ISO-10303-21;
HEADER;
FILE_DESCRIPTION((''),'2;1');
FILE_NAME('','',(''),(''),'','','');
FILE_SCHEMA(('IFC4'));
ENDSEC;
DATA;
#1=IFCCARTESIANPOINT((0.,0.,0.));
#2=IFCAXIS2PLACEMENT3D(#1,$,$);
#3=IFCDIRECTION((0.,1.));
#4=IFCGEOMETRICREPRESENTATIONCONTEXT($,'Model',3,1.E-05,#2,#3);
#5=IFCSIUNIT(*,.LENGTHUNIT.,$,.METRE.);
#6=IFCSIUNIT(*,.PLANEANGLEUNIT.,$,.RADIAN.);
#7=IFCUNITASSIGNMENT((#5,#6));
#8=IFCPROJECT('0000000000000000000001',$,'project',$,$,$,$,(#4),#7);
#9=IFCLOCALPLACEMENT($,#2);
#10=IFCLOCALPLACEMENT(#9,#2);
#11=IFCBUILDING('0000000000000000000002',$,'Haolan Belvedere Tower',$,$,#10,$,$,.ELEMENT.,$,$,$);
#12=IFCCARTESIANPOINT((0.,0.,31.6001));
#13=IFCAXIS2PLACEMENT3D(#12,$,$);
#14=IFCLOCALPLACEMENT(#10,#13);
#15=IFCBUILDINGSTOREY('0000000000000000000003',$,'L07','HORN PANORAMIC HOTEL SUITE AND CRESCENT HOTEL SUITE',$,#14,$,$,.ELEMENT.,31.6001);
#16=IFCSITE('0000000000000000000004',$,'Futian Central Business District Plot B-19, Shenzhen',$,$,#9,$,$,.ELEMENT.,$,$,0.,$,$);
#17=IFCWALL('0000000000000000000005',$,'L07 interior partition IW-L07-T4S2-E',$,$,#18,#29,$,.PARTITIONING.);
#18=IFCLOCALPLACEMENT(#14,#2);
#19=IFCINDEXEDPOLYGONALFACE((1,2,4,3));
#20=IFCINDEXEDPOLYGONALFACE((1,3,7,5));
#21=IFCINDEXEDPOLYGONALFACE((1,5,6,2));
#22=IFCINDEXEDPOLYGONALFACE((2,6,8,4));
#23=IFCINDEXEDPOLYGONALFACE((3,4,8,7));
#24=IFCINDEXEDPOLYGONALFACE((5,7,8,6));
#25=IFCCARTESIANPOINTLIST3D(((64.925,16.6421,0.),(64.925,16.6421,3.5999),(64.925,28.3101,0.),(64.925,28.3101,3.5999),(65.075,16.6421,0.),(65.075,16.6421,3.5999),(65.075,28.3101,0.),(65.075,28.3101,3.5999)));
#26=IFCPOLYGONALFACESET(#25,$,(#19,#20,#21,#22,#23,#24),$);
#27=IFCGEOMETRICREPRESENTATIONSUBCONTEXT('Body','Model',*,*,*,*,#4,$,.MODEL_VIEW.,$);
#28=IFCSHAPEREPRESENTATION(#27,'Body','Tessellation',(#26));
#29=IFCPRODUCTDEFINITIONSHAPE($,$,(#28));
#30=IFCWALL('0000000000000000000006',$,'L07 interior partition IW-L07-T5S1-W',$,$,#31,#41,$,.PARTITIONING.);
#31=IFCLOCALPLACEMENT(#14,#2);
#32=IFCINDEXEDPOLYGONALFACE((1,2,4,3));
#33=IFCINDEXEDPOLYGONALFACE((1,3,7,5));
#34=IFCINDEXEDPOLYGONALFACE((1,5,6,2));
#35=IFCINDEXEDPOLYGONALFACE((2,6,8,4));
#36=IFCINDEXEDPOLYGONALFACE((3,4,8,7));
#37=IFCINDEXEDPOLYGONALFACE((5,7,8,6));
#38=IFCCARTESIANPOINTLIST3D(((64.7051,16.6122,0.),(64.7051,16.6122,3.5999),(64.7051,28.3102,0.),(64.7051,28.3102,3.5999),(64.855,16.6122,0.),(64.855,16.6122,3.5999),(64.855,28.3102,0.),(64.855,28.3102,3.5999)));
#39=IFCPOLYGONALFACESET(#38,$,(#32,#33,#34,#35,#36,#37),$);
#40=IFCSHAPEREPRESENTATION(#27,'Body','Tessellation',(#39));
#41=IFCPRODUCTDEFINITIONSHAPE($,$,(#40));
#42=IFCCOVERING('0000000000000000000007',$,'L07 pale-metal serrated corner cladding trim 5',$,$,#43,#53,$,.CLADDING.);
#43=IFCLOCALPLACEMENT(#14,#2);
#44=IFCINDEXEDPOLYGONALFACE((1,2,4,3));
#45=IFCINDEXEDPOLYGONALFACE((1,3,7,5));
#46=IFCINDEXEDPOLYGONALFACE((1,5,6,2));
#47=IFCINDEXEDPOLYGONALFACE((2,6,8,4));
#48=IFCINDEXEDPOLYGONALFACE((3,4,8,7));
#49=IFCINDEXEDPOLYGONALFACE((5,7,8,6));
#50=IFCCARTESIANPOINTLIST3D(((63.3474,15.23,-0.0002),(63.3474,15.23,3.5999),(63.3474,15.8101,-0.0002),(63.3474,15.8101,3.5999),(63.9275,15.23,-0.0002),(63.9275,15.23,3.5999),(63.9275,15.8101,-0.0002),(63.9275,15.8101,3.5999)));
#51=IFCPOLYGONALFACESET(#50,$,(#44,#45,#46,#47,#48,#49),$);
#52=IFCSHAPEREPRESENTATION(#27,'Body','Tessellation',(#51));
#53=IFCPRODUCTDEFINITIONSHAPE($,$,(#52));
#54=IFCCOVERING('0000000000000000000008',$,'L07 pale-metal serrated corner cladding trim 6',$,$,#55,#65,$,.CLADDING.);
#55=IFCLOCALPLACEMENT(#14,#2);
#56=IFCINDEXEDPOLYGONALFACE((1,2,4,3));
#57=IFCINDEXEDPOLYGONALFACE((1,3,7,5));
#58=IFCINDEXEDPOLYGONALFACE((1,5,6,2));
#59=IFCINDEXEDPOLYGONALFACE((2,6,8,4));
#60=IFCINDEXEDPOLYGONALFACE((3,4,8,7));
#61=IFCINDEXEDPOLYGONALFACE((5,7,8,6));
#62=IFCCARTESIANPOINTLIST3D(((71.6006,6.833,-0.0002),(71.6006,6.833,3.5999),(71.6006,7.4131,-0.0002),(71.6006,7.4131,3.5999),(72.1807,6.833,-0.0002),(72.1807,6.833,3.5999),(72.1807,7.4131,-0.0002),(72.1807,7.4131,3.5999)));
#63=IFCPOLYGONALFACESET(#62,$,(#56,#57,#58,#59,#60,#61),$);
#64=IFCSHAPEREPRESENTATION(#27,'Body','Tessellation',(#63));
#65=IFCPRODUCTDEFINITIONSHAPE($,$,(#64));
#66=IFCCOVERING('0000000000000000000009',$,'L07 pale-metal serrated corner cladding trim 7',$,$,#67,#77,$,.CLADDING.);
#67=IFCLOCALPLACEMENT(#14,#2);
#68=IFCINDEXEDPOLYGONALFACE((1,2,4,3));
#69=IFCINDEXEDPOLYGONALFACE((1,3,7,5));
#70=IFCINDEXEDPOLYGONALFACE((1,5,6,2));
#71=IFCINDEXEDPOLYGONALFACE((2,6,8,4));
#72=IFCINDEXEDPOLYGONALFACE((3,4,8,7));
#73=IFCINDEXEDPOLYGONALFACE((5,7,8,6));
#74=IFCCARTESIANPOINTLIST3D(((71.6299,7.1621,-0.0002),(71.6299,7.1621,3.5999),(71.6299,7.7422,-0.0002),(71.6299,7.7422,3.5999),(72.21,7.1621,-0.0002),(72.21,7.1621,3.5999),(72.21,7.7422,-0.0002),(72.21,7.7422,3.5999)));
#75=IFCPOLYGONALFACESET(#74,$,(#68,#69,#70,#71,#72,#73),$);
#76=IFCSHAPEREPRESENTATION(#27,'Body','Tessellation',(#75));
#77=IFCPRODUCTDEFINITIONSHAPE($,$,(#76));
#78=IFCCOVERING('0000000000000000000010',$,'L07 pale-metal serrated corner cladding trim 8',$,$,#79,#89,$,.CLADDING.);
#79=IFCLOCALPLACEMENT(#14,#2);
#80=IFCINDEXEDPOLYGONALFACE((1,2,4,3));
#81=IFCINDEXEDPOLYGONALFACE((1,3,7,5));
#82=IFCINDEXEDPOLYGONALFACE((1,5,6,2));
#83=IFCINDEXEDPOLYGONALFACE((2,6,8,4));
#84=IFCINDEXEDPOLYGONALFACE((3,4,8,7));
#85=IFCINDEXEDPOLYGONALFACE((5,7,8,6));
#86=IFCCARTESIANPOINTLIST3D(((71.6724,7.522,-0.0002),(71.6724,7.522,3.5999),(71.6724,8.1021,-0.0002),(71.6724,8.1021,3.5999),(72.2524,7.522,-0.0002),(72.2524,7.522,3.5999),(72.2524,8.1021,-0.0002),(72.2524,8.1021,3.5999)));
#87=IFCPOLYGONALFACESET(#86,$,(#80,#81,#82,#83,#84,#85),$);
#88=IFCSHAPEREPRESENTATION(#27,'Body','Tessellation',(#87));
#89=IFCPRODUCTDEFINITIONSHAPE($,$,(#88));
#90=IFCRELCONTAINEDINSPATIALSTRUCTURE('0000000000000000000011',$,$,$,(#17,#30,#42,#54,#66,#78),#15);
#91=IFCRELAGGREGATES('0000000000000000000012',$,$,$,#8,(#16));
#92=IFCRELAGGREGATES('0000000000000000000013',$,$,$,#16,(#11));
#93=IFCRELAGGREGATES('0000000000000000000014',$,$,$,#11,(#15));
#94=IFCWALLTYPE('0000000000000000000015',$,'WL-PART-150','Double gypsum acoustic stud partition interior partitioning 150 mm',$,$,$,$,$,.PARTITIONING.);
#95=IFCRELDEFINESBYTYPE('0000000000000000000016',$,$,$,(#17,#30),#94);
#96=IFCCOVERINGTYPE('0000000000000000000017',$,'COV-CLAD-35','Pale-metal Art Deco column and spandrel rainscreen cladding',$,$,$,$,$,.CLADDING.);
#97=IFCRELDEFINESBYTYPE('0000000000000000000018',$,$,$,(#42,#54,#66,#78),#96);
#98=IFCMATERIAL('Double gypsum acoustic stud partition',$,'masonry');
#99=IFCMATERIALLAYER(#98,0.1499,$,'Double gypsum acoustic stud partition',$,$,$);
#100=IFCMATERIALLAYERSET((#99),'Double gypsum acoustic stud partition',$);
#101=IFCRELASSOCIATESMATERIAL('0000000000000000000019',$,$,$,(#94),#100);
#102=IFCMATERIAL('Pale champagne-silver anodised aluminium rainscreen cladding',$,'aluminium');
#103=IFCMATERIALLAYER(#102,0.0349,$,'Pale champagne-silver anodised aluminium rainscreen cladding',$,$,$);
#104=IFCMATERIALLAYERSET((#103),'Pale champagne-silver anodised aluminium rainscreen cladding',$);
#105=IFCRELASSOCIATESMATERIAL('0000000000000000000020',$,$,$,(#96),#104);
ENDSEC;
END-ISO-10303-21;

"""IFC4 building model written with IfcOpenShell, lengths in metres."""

from ifc_helpers import new_model, si_unit, direction, frame, frame_2d, origin, origin_2d, place, context, subcontext, project, spatial, rectangle, extrude, material, layer, layer_set, type_object, element, save


model = new_model("IFC4")

# Units and contexts
model_context = context("Model", 3, precision=1e-05, world=origin(), true_north=direction((0.0, 1.0)))
body_context = subcontext(model_context, "Body", "Model", "MODEL_VIEW")
ifc_project = project(units=[si_unit("LENGTHUNIT", "METRE"), si_unit("PLANEANGLEUNIT", "RADIAN")], contexts=[model_context])

# Site, building, storey
site_placement = place(None, origin())
site = spatial("IfcSite", under=ifc_project, at=site_placement, Name="Futian Central Business District Plot B-19, Shenzhen", CompositionType="ELEMENT", RefElevation=0.0)
building_placement = place(site_placement, origin())
building = spatial("IfcBuilding", under=site, at=building_placement, Name="Haolan Belvedere Tower", CompositionType="ELEMENT")
storey_placement = place(building_placement, frame((0.0, 0.0, 31.6001)))
storey = spatial("IfcBuildingStorey", under=building, at=storey_placement, Name="L07", Description="HORN PANORAMIC HOTEL SUITE AND CRESCENT HOTEL SUITE", CompositionType="ELEMENT", Elevation=31.6001)

# Walls
ifc_material_1 = material(Name="Double gypsum acoustic stud partition", Category="masonry")
ifc_layer_1 = layer(ifc_material_1, 0.1499, Name="Double gypsum acoustic stud partition")
ifc_layer_set_1 = layer_set([ifc_layer_1], Name="Double gypsum acoustic stud partition")
wall_type_1 = type_object("IfcWallType", Name="WL-PART-150", Description="Double gypsum acoustic stud partition interior partitioning 150 mm", PredefinedType="PARTITIONING", material=ifc_layer_set_1)
wall_1_placement = place(storey_placement, frame((65.0, 16.6421, 0.0), z_axis=(0.0, 0.0, 1.0), x_axis=(0.0, 1.0, 0.0)))
element("IfcWall", 1, at=wall_1_placement, inside=storey, type_object=wall_type_1, Name="L07 interior partition IW-L07-T4S2-E", PredefinedType="PARTITIONING", context=body_context, shape_type="SweptSolid", body=[
    extrude(rectangle(XDim=11.668, YDim=0.1499, at=frame_2d((5.834, 0.0))), origin(), (0.0, 0.0, 1.0), 3.5999),
])
wall_2_placement = place(storey_placement, frame((64.78, 16.6121, 0.0), z_axis=(0.0, 0.0, 1.0), x_axis=(0.0, 1.0, 0.0)))
element("IfcWall", 2, at=wall_2_placement, inside=storey, type_object=wall_type_1, Name="L07 interior partition IW-L07-T5S1-W", PredefinedType="PARTITIONING", context=body_context, shape_type="SweptSolid", body=[
    extrude(rectangle(XDim=11.698, YDim=0.1499, at=frame_2d((5.8491, 0.0))), origin(), (0.0, 0.0, 1.0), 3.5999),
])

# Coverings
ifc_material_2 = material(Name="Pale champagne-silver anodised aluminium rainscreen cladding", Category="aluminium")
ifc_layer_2 = layer(ifc_material_2, 0.0349, Name="Pale champagne-silver anodised aluminium rainscreen cladding")
ifc_layer_set_2 = layer_set([ifc_layer_2], Name="Pale champagne-silver anodised aluminium rainscreen cladding")
covering_type = type_object("IfcCoveringType", Name="COV-CLAD-35", Description="Pale-metal Art Deco column and spandrel rainscreen cladding", PredefinedType="CLADDING", material=ifc_layer_set_2)
for number, where, z_axis, x_axis, name in (
    (3, (63.6375, 15.52, -0.0002), (0.0, 0.0, 1.0), (1.0, 0.0, 0.0), "L07 pale-metal serrated corner cladding trim 5"),
    (4, (71.8906, 7.123, -0.0002), (0.0, 0.0, 1.0), (1.0, 0.0, 0.0), "L07 pale-metal serrated corner cladding trim 6"),
    (5, (71.9199, 7.4521, -0.0002), (0.0, 0.0, 1.0), (1.0, 0.0, 0.0), "L07 pale-metal serrated corner cladding trim 7"),
    (6, (71.9624, 7.812, -0.0002), (0.0, 0.0, 1.0), (1.0, 0.0, 0.0), "L07 pale-metal serrated corner cladding trim 8"),
):
    element("IfcCovering", number, at=place(storey_placement, frame(where, z_axis=z_axis, x_axis=x_axis)), inside=storey, type_object=covering_type, Name=name, PredefinedType="CLADDING", context=body_context, shape_type="SweptSolid", body=[
        extrude(rectangle(XDim=0.5801, YDim=0.5801, at=origin_2d()), origin(), (0.0, 0.0, 1.0), 3.6001),
    ])

save(model, "model.ifc")
